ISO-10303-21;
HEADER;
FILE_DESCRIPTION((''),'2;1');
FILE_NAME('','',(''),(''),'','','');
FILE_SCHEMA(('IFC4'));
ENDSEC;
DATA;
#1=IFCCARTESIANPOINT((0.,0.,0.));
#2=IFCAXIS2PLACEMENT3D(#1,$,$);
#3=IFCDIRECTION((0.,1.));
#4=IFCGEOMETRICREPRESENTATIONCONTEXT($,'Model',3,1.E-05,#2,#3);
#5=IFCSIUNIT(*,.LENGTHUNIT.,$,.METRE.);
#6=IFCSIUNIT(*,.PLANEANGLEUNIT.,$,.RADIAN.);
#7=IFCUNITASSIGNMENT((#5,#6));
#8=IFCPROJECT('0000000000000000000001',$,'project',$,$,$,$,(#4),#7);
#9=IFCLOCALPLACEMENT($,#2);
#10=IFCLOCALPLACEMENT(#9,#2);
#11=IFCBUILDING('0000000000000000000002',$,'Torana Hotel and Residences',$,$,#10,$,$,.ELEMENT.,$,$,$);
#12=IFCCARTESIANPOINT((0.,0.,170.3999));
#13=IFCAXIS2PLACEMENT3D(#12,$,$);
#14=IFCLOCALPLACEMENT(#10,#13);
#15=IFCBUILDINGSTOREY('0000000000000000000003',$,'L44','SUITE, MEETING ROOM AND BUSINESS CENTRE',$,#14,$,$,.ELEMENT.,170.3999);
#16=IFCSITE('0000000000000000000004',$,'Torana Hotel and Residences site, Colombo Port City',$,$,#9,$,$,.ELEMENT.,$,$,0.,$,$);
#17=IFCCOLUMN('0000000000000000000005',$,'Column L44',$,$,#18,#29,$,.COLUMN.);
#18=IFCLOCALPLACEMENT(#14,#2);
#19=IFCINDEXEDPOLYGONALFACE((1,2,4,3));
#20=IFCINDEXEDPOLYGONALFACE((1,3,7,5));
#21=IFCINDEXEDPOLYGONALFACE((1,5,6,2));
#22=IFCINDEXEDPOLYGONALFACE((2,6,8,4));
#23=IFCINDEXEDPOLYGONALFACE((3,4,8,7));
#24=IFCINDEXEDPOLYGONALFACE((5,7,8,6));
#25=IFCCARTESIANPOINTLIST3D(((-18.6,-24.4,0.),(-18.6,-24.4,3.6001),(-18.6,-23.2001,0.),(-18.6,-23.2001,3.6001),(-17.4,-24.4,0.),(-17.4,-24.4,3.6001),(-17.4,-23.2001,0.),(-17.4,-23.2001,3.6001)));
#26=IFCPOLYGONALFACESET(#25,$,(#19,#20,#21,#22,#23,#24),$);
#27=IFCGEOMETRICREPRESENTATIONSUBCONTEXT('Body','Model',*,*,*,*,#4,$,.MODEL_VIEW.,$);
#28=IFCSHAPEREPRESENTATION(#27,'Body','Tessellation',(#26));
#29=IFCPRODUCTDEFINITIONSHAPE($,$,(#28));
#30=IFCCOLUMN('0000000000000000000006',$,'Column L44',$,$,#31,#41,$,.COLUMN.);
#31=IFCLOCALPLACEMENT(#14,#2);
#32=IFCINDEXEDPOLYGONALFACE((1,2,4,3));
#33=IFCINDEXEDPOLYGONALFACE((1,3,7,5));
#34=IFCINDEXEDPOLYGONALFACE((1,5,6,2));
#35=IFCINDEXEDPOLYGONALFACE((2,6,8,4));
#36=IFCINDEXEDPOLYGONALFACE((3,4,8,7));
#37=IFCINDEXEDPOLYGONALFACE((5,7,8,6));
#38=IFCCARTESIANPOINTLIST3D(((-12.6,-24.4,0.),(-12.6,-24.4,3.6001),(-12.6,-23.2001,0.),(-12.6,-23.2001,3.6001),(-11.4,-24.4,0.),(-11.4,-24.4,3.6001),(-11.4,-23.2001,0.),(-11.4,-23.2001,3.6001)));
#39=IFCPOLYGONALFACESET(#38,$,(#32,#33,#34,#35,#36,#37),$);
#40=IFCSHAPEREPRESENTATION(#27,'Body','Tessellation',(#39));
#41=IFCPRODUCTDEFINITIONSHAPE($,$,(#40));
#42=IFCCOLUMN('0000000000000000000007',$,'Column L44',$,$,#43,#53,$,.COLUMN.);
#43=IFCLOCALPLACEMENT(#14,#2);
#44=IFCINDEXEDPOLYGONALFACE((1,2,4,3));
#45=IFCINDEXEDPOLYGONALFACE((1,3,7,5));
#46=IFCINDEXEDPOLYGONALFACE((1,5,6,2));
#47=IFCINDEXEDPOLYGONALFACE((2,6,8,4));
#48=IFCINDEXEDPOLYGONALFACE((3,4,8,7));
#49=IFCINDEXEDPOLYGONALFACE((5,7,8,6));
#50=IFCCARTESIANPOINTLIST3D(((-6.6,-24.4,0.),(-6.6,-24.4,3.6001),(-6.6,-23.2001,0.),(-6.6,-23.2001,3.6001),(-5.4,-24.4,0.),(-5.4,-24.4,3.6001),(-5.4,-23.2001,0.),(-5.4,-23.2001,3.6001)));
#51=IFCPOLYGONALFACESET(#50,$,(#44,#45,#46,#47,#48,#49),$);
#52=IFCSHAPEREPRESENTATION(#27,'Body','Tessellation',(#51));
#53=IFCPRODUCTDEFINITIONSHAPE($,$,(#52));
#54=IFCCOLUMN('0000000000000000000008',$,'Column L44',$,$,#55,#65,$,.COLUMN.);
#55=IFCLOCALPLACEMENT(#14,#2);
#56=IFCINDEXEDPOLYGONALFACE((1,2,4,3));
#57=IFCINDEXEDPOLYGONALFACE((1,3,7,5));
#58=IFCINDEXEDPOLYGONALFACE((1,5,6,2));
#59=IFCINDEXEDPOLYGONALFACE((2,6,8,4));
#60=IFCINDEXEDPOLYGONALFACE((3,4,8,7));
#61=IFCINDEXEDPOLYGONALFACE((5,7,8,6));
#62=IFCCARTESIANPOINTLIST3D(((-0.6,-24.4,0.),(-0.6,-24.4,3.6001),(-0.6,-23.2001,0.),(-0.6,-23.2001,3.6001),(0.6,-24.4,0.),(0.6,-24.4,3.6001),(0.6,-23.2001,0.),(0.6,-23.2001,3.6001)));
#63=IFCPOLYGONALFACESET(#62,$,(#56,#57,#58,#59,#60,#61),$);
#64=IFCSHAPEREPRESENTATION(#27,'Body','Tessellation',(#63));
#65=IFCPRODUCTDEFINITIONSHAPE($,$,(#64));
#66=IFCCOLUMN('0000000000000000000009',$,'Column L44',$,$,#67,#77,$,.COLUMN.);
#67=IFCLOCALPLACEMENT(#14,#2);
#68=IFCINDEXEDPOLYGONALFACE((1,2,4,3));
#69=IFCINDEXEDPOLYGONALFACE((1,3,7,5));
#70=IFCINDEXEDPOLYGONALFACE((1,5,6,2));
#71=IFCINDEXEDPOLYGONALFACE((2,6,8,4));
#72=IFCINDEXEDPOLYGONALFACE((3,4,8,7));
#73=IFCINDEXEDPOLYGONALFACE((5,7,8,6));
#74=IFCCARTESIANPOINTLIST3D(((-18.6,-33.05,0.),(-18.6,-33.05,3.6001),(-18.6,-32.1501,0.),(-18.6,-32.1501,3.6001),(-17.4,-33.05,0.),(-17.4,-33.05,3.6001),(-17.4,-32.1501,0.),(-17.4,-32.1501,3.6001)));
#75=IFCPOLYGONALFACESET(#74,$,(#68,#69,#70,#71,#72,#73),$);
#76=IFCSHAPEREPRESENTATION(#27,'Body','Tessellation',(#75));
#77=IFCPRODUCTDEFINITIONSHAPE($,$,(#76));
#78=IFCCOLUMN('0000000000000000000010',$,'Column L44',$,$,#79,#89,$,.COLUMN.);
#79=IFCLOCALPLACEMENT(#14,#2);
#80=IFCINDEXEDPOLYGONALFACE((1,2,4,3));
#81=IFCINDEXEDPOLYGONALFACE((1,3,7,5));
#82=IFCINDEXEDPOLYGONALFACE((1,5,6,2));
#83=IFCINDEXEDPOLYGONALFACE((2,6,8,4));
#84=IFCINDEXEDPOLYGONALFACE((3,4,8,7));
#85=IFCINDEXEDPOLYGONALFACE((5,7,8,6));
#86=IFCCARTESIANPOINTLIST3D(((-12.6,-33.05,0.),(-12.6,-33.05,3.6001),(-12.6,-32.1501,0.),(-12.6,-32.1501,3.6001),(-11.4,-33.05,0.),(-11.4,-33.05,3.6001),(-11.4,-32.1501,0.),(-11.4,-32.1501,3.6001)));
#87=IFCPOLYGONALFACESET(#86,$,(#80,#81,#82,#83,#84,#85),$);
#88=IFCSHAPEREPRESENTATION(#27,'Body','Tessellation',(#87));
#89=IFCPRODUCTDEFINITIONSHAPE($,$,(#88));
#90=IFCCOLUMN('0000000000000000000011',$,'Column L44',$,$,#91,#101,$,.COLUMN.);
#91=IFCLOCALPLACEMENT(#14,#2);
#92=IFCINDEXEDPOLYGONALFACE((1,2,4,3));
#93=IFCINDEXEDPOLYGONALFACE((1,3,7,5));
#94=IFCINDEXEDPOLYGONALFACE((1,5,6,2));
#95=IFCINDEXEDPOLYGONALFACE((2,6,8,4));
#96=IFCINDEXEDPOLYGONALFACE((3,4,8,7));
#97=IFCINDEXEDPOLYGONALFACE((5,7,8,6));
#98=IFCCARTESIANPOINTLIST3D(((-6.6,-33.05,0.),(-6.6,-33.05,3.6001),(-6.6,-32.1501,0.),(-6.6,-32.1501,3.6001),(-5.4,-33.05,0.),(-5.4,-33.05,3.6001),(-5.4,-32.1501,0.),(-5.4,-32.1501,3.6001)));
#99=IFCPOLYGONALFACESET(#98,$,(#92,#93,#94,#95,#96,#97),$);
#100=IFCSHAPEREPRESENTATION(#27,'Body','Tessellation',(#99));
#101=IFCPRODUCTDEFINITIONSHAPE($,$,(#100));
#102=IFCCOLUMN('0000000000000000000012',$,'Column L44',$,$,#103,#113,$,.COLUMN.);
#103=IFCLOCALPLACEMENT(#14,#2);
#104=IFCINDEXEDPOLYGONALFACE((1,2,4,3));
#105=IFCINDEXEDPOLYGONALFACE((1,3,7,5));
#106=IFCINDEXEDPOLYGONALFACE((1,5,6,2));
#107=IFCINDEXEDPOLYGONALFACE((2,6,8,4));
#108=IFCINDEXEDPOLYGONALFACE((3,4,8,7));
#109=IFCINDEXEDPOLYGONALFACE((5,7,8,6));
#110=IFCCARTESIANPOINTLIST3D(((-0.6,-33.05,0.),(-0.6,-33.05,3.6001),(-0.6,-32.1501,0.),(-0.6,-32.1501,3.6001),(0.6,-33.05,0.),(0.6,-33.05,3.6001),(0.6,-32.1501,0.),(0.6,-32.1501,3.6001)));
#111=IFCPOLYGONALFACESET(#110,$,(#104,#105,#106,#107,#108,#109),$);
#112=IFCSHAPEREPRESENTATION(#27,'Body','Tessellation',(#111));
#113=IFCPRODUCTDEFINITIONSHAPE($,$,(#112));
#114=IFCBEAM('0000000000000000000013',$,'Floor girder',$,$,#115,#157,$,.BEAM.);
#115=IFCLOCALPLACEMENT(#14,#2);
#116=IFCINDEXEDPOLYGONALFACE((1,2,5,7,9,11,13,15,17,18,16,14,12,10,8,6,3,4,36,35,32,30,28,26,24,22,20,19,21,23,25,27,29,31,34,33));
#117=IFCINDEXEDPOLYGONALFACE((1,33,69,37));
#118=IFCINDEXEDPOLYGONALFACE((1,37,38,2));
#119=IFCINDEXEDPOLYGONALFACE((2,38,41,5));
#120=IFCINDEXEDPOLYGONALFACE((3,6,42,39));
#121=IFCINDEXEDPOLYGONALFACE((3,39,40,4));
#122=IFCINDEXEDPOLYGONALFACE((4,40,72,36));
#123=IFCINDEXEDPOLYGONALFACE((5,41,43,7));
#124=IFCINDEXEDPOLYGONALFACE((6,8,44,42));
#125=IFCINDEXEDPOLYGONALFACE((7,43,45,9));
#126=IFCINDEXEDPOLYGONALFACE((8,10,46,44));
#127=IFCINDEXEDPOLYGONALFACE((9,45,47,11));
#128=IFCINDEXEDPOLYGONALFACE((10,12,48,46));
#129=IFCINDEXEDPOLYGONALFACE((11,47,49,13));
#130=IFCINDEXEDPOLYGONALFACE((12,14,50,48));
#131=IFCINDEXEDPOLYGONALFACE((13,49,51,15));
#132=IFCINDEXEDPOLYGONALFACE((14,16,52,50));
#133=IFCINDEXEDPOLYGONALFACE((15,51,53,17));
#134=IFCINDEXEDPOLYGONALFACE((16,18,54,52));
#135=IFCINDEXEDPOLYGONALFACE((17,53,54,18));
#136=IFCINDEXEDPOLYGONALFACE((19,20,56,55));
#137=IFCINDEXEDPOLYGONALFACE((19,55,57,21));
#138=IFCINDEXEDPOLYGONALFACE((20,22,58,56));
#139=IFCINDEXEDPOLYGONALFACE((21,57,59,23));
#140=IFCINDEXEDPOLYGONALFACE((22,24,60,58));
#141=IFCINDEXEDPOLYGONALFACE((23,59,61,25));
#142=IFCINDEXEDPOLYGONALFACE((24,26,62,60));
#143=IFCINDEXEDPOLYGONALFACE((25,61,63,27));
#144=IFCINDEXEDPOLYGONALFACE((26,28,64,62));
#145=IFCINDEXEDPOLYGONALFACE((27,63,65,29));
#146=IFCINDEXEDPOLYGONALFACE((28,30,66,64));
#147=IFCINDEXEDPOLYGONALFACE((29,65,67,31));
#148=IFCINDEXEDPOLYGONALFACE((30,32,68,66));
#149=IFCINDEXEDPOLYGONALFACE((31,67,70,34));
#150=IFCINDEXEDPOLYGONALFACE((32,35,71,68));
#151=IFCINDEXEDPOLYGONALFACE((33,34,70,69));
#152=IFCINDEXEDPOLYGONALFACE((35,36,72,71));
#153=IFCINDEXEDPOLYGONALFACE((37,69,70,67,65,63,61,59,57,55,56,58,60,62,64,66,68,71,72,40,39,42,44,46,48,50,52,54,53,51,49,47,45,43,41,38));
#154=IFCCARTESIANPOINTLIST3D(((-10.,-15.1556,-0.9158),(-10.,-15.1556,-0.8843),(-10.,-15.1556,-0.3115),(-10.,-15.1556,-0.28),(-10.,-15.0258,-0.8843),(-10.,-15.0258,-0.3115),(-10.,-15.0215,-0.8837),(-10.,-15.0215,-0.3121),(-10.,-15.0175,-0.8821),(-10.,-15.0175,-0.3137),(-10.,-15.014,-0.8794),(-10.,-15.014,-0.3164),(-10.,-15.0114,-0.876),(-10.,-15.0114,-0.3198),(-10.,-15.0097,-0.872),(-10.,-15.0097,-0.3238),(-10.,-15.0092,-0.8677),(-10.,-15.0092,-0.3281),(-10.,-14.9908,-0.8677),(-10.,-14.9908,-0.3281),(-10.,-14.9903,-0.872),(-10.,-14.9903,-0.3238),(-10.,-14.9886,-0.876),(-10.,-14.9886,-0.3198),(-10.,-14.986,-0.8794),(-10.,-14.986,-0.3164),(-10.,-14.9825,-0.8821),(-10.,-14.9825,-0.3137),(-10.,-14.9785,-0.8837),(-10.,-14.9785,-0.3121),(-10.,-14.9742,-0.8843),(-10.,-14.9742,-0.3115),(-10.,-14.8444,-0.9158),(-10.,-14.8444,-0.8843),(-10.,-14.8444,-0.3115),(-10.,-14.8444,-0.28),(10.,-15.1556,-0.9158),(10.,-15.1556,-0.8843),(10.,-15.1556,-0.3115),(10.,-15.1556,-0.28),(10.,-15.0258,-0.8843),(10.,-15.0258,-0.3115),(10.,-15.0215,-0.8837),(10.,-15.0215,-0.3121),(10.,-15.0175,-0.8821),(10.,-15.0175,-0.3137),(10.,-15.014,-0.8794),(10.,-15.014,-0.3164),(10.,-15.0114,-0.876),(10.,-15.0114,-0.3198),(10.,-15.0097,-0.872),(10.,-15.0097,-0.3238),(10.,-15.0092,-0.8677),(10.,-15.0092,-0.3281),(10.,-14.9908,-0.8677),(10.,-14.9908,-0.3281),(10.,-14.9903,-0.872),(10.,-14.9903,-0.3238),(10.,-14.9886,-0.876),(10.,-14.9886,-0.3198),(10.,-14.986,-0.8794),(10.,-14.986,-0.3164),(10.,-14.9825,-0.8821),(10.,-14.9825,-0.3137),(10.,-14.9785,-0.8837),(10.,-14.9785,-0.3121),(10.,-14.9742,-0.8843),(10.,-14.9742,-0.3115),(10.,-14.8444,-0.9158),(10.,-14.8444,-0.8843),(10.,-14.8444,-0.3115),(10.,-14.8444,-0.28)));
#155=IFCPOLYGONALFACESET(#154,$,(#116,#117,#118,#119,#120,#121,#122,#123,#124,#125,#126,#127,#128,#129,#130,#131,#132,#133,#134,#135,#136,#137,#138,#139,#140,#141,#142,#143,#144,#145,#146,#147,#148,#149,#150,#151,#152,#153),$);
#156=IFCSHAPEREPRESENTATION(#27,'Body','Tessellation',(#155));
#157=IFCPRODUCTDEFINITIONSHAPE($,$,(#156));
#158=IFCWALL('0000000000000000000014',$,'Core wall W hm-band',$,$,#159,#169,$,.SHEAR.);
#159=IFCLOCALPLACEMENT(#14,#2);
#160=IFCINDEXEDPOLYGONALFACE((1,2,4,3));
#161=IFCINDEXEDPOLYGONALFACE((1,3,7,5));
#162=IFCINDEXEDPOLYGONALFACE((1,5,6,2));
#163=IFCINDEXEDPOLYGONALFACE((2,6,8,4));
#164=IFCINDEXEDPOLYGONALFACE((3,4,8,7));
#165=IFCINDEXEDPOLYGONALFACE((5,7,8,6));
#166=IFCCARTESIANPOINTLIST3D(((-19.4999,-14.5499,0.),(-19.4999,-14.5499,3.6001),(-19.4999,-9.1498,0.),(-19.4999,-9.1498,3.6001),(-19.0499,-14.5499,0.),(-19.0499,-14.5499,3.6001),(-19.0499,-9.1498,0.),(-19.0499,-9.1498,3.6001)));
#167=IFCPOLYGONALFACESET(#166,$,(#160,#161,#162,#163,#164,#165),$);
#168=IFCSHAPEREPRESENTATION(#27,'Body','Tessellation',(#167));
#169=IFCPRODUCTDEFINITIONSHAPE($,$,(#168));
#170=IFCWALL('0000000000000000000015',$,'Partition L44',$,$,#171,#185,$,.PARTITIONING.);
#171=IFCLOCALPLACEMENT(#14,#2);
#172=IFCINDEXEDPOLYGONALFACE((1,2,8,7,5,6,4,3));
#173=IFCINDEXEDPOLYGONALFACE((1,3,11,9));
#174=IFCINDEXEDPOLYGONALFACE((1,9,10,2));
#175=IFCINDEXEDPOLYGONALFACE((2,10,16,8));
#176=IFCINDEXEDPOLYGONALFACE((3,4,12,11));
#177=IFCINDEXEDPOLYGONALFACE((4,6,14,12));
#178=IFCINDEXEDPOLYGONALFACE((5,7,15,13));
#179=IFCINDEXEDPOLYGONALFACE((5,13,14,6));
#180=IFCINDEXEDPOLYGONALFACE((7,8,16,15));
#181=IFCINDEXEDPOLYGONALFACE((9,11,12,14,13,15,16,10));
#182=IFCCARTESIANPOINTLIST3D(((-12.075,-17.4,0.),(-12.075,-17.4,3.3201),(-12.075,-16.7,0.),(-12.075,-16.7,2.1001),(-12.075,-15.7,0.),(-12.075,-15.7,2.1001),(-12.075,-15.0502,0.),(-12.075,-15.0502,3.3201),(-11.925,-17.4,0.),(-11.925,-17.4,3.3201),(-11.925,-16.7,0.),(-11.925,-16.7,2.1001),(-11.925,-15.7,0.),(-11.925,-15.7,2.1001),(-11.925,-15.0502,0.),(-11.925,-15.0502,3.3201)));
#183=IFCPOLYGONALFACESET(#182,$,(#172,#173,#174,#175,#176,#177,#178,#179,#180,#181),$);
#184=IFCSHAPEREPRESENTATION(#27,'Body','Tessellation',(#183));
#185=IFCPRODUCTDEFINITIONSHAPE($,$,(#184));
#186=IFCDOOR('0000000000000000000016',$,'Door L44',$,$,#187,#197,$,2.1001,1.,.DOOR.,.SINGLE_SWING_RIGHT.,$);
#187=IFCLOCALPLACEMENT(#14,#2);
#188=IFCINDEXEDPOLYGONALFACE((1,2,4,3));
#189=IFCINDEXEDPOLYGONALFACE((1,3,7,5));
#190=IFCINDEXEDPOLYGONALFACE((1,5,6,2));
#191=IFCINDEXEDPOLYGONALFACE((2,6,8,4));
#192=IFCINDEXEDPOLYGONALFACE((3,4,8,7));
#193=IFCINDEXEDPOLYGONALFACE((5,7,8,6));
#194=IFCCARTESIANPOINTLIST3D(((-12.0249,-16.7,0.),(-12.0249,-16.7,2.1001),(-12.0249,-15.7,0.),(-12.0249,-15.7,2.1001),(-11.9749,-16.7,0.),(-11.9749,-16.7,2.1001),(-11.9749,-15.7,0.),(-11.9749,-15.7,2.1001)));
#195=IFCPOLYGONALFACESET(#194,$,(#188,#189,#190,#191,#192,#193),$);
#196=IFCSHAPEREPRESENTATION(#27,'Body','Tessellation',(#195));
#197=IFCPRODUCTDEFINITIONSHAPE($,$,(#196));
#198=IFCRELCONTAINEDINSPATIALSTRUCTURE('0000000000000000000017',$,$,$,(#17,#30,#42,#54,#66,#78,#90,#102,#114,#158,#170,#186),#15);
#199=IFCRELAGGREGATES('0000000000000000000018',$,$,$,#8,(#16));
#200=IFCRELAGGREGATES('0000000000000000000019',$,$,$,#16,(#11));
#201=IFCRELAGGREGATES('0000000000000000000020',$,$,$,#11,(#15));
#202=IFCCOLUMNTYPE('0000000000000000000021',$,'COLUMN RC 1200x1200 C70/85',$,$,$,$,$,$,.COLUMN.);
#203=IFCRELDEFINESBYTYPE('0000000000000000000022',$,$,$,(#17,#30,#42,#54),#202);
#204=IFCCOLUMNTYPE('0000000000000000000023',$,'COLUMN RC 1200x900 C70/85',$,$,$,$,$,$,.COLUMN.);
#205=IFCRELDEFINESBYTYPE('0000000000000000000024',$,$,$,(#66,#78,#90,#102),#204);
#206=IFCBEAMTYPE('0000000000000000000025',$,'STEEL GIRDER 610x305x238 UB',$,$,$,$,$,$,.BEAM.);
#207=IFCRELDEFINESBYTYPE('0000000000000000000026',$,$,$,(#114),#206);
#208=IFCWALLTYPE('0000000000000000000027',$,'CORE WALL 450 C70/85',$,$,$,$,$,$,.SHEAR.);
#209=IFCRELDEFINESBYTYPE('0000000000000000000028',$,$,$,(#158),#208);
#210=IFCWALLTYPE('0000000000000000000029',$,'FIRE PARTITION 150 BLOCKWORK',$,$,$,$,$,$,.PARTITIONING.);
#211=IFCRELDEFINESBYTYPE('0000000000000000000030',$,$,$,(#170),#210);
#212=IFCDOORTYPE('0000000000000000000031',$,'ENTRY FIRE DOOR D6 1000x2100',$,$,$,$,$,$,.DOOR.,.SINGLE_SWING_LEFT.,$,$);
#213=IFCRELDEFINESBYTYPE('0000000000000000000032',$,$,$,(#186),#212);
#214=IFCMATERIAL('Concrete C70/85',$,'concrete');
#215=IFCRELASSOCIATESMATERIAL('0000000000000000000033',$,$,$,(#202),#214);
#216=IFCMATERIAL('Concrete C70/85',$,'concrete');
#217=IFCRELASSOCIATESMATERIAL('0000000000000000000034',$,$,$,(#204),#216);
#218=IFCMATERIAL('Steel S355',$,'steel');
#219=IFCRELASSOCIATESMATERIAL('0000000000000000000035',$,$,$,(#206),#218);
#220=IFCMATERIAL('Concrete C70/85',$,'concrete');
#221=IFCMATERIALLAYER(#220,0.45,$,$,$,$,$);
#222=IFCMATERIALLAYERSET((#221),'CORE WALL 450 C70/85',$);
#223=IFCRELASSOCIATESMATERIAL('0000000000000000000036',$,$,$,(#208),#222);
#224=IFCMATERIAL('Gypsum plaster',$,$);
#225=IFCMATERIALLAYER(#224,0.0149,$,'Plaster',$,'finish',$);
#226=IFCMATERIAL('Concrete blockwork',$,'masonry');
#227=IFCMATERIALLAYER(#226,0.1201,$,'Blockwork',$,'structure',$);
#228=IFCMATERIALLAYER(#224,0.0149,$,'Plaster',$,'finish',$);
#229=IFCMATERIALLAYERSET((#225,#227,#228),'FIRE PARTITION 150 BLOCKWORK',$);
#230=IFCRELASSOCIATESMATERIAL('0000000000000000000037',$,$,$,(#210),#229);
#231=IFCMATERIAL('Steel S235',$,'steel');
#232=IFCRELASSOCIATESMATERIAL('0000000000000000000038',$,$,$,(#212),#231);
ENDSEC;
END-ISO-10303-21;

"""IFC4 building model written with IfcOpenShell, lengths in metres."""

from ifc_helpers import new_model, si_unit, direction, frame, frame_2d, origin, origin_2d, place, context, subcontext, project, spatial, rectangle, i_section, extrude, material, layer, layer_set, material_profile, profile_set, type_object, element, fill, save


model = new_model("IFC4")

# Units and contexts
model_context = context("Model", 3, precision=1e-05, world=origin(), true_north=direction((0.0, 1.0)))
body_context = subcontext(model_context, "Body", "Model", "MODEL_VIEW")
ifc_project = project(units=[si_unit("LENGTHUNIT", "METRE"), si_unit("PLANEANGLEUNIT", "RADIAN")], contexts=[model_context])

# Site, building, storey
site_placement = place(None, origin())
site = spatial("IfcSite", under=ifc_project, at=site_placement, Name="Torana Hotel and Residences site, Colombo Port City", CompositionType="ELEMENT", RefElevation=0.0)
building_placement = place(site_placement, origin())
building = spatial("IfcBuilding", under=site, at=building_placement, Name="Torana Hotel and Residences", CompositionType="ELEMENT")
storey_placement = place(building_placement, frame((0.0, 0.0, 170.3999)))
storey = spatial("IfcBuildingStorey", under=building, at=storey_placement, Name="L44", Description="SUITE, MEETING ROOM AND BUSINESS CENTRE", CompositionType="ELEMENT", Elevation=170.3999)

# Columns
ifc_material_1 = material(Name="Concrete C70/85", Category="concrete")
ifc_material_profile_1 = material_profile(ifc_material_1, rectangle(XDim=1.2, YDim=1.2, at=origin_2d()), Name="RC 1200x1200")
ifc_profile_set_1 = profile_set([ifc_material_profile_1], Name="Concrete C70/85")
column_type_1 = type_object("IfcColumnType", Name="COLUMN RC 1200x1200 C70/85", PredefinedType="COLUMN", material=ifc_profile_set_1)
for number, where, z_axis, x_axis, name in (
    (1, (-18.0, -23.8, 0.0), (0.0, 0.0, 1.0), (1.0, 0.0, 0.0), "Column L44"),
    (2, (-12.0, -23.8, 0.0), (0.0, 0.0, 1.0), (1.0, 0.0, 0.0), "Column L44"),
    (3, (-6.0, -23.8, 0.0), (0.0, 0.0, 1.0), (1.0, 0.0, 0.0), "Column L44"),
    (4, (0.0, -23.8, 0.0), (0.0, 0.0, 1.0), (1.0, 0.0, 0.0), "Column L44"),
):
    element("IfcColumn", number, at=place(storey_placement, frame(where, z_axis=z_axis, x_axis=x_axis)), inside=storey, type_object=column_type_1, Name=name, PredefinedType="COLUMN", context=body_context, shape_type="SweptSolid", body=[
        extrude(rectangle(XDim=1.2, YDim=1.2, at=origin_2d()), origin(), (0.0, 0.0, 1.0), 3.6001),
    ])
ifc_material_2 = material(Name="Concrete C70/85", Category="concrete")
ifc_material_profile_2 = material_profile(ifc_material_2, rectangle(XDim=1.2, YDim=0.8999, at=origin_2d()), Name="RC 1200x900")
ifc_profile_set_2 = profile_set([ifc_material_profile_2], Name="Concrete C70/85")
column_type_2 = type_object("IfcColumnType", Name="COLUMN RC 1200x900 C70/85", PredefinedType="COLUMN", material=ifc_profile_set_2)
for number, where, z_axis, x_axis, name in (
    (5, (-18.0, -32.6001, 0.0), (0.0, 0.0, 1.0), (1.0, 0.0, 0.0), "Column L44"),
    (6, (-12.0, -32.6001, 0.0), (0.0, 0.0, 1.0), (1.0, 0.0, 0.0), "Column L44"),
    (7, (-6.0, -32.6001, 0.0), (0.0, 0.0, 1.0), (1.0, 0.0, 0.0), "Column L44"),
    (8, (0.0, -32.6001, 0.0), (0.0, 0.0, 1.0), (1.0, 0.0, 0.0), "Column L44"),
):
    element("IfcColumn", number, at=place(storey_placement, frame(where, z_axis=z_axis, x_axis=x_axis)), inside=storey, type_object=column_type_2, Name=name, PredefinedType="COLUMN", context=body_context, shape_type="SweptSolid", body=[
        extrude(rectangle(XDim=1.2, YDim=0.8999, at=origin_2d()), origin(), (0.0, 0.0, 1.0), 3.6001),
    ])

# Beam
ifc_material_3 = material(Name="Steel S355", Category="steel")
ifc_material_profile_3 = material_profile(ifc_material_3, i_section(OverallWidth=0.3113, OverallDepth=0.6357, WebThickness=0.0183, FlangeThickness=0.0315, FilletRadius=0.0166, at=origin_2d()), Name="610x305x238 UB")
ifc_profile_set_3 = profile_set([ifc_material_profile_3], Name="Steel S355")
beam_type = type_object("IfcBeamType", Name="STEEL GIRDER 610x305x238 UB", PredefinedType="BEAM", material=ifc_profile_set_3)
beam_placement = place(storey_placement, frame((-10.0, -15.0, -0.5979), z_axis=(1.0, 0.0, 0.0), x_axis=(0.0, 1.0, 0.0)))
element("IfcBeam", 9, at=beam_placement, inside=storey, type_object=beam_type, Name="Floor girder", PredefinedType="BEAM", context=body_context, shape_type="SweptSolid", body=[
    extrude(i_section(OverallWidth=0.3113, OverallDepth=0.6357, WebThickness=0.0183, FlangeThickness=0.0315, FilletRadius=0.0166, at=origin_2d()), origin(), (0.0, 0.0, 1.0), 20.0),
])

# Wall
ifc_material_4 = material(Name="Concrete C70/85", Category="concrete")
ifc_layer_1 = layer(ifc_material_4, 0.45)
ifc_layer_set_1 = layer_set([ifc_layer_1], Name="CORE WALL 450 C70/85")
wall_type_1 = type_object("IfcWallType", Name="CORE WALL 450 C70/85", PredefinedType="SHEAR", material=ifc_layer_set_1)
wall_1_placement = place(storey_placement, frame((-19.2749, -14.55, 0.0), z_axis=(0.0, 0.0, 1.0), x_axis=(0.0, 1.0, 0.0)))
element("IfcWall", 10, at=wall_1_placement, inside=storey, type_object=wall_type_1, Name="Core wall W hm-band", PredefinedType="SHEAR", context=body_context, shape_type="SweptSolid", body=[
    extrude(rectangle(XDim=5.4001, YDim=0.45, at=frame_2d((2.7002, 0.0))), origin(), (0.0, 0.0, 1.0), 3.6001),
])

# Wall, opening, door
ifc_material_5 = material(Name="Gypsum plaster")
ifc_layer_2 = layer(ifc_material_5, 0.0149, Name="Plaster", Category="finish")
ifc_material_6 = material(Name="Concrete blockwork", Category="masonry")
ifc_layer_3 = layer(ifc_material_6, 0.1201, Name="Blockwork", Category="structure")
ifc_layer_4 = layer(ifc_material_5, 0.0149, Name="Plaster", Category="finish")
ifc_layer_set_2 = layer_set([ifc_layer_2, ifc_layer_3, ifc_layer_4], Name="FIRE PARTITION 150 BLOCKWORK")
wall_type_2 = type_object("IfcWallType", Name="FIRE PARTITION 150 BLOCKWORK", PredefinedType="PARTITIONING", material=ifc_layer_set_2)
wall_2_placement = place(storey_placement, frame((-12.0, -17.3999, 0.0), z_axis=(0.0, 0.0, 1.0), x_axis=(0.0, 1.0, 0.0)))
wall_2 = element("IfcWall", 11, at=wall_2_placement, inside=storey, type_object=wall_type_2, Name="Partition L44", PredefinedType="PARTITIONING", context=body_context, shape_type="SweptSolid", body=[
    extrude(rectangle(XDim=2.3499, YDim=0.1499, at=frame_2d((1.1748, 0.0))), origin(), (0.0, 0.0, 1.0), 3.3201),
])
opening_1_placement = place(wall_2_placement, frame((0.7, 0.0, 0.0)))
opening_1 = element("IfcOpeningElement", 12, at=opening_1_placement, cuts=wall_2, PredefinedType="OPENING", context=body_context, shape_type="SweptSolid", body=[
    extrude(rectangle(XDim=1.0, YDim=2.1001, at=frame_2d((0.5, 1.05))), frame((0.0, 0.085, 0.0), z_axis=(0.0, -1.0, 0.0), x_axis=(1.0, 0.0, 0.0)), (0.0, 0.0, 1.0), 0.1699),
])
ifc_material_7 = material(Name="Steel S235", Category="steel")
door_type_1 = type_object("IfcDoorType", Name="ENTRY FIRE DOOR D6 1000x2100", OperationType="SINGLE_SWING_LEFT", PredefinedType="DOOR", material=ifc_material_7)
door_1_placement = place(opening_1_placement, origin())
door_1 = element("IfcDoor", 13, at=door_1_placement, inside=storey, type_object=door_type_1, Name="Door L44", OperationType="SINGLE_SWING_RIGHT", OverallHeight=2.1001, OverallWidth=1.0, PredefinedType="DOOR", context=body_context, shape_type="SweptSolid", body=[
    extrude(rectangle(XDim=1.0, YDim=2.1001, at=frame_2d((0.5, 1.05))), frame((0.0, 0.0249, 0.0), z_axis=(0.0, -1.0, 0.0), x_axis=(1.0, 0.0, 0.0)), (0.0, 0.0, 1.0), 0.05),
])
fill(opening_1, door_1)

save(model, "model.ifc")
